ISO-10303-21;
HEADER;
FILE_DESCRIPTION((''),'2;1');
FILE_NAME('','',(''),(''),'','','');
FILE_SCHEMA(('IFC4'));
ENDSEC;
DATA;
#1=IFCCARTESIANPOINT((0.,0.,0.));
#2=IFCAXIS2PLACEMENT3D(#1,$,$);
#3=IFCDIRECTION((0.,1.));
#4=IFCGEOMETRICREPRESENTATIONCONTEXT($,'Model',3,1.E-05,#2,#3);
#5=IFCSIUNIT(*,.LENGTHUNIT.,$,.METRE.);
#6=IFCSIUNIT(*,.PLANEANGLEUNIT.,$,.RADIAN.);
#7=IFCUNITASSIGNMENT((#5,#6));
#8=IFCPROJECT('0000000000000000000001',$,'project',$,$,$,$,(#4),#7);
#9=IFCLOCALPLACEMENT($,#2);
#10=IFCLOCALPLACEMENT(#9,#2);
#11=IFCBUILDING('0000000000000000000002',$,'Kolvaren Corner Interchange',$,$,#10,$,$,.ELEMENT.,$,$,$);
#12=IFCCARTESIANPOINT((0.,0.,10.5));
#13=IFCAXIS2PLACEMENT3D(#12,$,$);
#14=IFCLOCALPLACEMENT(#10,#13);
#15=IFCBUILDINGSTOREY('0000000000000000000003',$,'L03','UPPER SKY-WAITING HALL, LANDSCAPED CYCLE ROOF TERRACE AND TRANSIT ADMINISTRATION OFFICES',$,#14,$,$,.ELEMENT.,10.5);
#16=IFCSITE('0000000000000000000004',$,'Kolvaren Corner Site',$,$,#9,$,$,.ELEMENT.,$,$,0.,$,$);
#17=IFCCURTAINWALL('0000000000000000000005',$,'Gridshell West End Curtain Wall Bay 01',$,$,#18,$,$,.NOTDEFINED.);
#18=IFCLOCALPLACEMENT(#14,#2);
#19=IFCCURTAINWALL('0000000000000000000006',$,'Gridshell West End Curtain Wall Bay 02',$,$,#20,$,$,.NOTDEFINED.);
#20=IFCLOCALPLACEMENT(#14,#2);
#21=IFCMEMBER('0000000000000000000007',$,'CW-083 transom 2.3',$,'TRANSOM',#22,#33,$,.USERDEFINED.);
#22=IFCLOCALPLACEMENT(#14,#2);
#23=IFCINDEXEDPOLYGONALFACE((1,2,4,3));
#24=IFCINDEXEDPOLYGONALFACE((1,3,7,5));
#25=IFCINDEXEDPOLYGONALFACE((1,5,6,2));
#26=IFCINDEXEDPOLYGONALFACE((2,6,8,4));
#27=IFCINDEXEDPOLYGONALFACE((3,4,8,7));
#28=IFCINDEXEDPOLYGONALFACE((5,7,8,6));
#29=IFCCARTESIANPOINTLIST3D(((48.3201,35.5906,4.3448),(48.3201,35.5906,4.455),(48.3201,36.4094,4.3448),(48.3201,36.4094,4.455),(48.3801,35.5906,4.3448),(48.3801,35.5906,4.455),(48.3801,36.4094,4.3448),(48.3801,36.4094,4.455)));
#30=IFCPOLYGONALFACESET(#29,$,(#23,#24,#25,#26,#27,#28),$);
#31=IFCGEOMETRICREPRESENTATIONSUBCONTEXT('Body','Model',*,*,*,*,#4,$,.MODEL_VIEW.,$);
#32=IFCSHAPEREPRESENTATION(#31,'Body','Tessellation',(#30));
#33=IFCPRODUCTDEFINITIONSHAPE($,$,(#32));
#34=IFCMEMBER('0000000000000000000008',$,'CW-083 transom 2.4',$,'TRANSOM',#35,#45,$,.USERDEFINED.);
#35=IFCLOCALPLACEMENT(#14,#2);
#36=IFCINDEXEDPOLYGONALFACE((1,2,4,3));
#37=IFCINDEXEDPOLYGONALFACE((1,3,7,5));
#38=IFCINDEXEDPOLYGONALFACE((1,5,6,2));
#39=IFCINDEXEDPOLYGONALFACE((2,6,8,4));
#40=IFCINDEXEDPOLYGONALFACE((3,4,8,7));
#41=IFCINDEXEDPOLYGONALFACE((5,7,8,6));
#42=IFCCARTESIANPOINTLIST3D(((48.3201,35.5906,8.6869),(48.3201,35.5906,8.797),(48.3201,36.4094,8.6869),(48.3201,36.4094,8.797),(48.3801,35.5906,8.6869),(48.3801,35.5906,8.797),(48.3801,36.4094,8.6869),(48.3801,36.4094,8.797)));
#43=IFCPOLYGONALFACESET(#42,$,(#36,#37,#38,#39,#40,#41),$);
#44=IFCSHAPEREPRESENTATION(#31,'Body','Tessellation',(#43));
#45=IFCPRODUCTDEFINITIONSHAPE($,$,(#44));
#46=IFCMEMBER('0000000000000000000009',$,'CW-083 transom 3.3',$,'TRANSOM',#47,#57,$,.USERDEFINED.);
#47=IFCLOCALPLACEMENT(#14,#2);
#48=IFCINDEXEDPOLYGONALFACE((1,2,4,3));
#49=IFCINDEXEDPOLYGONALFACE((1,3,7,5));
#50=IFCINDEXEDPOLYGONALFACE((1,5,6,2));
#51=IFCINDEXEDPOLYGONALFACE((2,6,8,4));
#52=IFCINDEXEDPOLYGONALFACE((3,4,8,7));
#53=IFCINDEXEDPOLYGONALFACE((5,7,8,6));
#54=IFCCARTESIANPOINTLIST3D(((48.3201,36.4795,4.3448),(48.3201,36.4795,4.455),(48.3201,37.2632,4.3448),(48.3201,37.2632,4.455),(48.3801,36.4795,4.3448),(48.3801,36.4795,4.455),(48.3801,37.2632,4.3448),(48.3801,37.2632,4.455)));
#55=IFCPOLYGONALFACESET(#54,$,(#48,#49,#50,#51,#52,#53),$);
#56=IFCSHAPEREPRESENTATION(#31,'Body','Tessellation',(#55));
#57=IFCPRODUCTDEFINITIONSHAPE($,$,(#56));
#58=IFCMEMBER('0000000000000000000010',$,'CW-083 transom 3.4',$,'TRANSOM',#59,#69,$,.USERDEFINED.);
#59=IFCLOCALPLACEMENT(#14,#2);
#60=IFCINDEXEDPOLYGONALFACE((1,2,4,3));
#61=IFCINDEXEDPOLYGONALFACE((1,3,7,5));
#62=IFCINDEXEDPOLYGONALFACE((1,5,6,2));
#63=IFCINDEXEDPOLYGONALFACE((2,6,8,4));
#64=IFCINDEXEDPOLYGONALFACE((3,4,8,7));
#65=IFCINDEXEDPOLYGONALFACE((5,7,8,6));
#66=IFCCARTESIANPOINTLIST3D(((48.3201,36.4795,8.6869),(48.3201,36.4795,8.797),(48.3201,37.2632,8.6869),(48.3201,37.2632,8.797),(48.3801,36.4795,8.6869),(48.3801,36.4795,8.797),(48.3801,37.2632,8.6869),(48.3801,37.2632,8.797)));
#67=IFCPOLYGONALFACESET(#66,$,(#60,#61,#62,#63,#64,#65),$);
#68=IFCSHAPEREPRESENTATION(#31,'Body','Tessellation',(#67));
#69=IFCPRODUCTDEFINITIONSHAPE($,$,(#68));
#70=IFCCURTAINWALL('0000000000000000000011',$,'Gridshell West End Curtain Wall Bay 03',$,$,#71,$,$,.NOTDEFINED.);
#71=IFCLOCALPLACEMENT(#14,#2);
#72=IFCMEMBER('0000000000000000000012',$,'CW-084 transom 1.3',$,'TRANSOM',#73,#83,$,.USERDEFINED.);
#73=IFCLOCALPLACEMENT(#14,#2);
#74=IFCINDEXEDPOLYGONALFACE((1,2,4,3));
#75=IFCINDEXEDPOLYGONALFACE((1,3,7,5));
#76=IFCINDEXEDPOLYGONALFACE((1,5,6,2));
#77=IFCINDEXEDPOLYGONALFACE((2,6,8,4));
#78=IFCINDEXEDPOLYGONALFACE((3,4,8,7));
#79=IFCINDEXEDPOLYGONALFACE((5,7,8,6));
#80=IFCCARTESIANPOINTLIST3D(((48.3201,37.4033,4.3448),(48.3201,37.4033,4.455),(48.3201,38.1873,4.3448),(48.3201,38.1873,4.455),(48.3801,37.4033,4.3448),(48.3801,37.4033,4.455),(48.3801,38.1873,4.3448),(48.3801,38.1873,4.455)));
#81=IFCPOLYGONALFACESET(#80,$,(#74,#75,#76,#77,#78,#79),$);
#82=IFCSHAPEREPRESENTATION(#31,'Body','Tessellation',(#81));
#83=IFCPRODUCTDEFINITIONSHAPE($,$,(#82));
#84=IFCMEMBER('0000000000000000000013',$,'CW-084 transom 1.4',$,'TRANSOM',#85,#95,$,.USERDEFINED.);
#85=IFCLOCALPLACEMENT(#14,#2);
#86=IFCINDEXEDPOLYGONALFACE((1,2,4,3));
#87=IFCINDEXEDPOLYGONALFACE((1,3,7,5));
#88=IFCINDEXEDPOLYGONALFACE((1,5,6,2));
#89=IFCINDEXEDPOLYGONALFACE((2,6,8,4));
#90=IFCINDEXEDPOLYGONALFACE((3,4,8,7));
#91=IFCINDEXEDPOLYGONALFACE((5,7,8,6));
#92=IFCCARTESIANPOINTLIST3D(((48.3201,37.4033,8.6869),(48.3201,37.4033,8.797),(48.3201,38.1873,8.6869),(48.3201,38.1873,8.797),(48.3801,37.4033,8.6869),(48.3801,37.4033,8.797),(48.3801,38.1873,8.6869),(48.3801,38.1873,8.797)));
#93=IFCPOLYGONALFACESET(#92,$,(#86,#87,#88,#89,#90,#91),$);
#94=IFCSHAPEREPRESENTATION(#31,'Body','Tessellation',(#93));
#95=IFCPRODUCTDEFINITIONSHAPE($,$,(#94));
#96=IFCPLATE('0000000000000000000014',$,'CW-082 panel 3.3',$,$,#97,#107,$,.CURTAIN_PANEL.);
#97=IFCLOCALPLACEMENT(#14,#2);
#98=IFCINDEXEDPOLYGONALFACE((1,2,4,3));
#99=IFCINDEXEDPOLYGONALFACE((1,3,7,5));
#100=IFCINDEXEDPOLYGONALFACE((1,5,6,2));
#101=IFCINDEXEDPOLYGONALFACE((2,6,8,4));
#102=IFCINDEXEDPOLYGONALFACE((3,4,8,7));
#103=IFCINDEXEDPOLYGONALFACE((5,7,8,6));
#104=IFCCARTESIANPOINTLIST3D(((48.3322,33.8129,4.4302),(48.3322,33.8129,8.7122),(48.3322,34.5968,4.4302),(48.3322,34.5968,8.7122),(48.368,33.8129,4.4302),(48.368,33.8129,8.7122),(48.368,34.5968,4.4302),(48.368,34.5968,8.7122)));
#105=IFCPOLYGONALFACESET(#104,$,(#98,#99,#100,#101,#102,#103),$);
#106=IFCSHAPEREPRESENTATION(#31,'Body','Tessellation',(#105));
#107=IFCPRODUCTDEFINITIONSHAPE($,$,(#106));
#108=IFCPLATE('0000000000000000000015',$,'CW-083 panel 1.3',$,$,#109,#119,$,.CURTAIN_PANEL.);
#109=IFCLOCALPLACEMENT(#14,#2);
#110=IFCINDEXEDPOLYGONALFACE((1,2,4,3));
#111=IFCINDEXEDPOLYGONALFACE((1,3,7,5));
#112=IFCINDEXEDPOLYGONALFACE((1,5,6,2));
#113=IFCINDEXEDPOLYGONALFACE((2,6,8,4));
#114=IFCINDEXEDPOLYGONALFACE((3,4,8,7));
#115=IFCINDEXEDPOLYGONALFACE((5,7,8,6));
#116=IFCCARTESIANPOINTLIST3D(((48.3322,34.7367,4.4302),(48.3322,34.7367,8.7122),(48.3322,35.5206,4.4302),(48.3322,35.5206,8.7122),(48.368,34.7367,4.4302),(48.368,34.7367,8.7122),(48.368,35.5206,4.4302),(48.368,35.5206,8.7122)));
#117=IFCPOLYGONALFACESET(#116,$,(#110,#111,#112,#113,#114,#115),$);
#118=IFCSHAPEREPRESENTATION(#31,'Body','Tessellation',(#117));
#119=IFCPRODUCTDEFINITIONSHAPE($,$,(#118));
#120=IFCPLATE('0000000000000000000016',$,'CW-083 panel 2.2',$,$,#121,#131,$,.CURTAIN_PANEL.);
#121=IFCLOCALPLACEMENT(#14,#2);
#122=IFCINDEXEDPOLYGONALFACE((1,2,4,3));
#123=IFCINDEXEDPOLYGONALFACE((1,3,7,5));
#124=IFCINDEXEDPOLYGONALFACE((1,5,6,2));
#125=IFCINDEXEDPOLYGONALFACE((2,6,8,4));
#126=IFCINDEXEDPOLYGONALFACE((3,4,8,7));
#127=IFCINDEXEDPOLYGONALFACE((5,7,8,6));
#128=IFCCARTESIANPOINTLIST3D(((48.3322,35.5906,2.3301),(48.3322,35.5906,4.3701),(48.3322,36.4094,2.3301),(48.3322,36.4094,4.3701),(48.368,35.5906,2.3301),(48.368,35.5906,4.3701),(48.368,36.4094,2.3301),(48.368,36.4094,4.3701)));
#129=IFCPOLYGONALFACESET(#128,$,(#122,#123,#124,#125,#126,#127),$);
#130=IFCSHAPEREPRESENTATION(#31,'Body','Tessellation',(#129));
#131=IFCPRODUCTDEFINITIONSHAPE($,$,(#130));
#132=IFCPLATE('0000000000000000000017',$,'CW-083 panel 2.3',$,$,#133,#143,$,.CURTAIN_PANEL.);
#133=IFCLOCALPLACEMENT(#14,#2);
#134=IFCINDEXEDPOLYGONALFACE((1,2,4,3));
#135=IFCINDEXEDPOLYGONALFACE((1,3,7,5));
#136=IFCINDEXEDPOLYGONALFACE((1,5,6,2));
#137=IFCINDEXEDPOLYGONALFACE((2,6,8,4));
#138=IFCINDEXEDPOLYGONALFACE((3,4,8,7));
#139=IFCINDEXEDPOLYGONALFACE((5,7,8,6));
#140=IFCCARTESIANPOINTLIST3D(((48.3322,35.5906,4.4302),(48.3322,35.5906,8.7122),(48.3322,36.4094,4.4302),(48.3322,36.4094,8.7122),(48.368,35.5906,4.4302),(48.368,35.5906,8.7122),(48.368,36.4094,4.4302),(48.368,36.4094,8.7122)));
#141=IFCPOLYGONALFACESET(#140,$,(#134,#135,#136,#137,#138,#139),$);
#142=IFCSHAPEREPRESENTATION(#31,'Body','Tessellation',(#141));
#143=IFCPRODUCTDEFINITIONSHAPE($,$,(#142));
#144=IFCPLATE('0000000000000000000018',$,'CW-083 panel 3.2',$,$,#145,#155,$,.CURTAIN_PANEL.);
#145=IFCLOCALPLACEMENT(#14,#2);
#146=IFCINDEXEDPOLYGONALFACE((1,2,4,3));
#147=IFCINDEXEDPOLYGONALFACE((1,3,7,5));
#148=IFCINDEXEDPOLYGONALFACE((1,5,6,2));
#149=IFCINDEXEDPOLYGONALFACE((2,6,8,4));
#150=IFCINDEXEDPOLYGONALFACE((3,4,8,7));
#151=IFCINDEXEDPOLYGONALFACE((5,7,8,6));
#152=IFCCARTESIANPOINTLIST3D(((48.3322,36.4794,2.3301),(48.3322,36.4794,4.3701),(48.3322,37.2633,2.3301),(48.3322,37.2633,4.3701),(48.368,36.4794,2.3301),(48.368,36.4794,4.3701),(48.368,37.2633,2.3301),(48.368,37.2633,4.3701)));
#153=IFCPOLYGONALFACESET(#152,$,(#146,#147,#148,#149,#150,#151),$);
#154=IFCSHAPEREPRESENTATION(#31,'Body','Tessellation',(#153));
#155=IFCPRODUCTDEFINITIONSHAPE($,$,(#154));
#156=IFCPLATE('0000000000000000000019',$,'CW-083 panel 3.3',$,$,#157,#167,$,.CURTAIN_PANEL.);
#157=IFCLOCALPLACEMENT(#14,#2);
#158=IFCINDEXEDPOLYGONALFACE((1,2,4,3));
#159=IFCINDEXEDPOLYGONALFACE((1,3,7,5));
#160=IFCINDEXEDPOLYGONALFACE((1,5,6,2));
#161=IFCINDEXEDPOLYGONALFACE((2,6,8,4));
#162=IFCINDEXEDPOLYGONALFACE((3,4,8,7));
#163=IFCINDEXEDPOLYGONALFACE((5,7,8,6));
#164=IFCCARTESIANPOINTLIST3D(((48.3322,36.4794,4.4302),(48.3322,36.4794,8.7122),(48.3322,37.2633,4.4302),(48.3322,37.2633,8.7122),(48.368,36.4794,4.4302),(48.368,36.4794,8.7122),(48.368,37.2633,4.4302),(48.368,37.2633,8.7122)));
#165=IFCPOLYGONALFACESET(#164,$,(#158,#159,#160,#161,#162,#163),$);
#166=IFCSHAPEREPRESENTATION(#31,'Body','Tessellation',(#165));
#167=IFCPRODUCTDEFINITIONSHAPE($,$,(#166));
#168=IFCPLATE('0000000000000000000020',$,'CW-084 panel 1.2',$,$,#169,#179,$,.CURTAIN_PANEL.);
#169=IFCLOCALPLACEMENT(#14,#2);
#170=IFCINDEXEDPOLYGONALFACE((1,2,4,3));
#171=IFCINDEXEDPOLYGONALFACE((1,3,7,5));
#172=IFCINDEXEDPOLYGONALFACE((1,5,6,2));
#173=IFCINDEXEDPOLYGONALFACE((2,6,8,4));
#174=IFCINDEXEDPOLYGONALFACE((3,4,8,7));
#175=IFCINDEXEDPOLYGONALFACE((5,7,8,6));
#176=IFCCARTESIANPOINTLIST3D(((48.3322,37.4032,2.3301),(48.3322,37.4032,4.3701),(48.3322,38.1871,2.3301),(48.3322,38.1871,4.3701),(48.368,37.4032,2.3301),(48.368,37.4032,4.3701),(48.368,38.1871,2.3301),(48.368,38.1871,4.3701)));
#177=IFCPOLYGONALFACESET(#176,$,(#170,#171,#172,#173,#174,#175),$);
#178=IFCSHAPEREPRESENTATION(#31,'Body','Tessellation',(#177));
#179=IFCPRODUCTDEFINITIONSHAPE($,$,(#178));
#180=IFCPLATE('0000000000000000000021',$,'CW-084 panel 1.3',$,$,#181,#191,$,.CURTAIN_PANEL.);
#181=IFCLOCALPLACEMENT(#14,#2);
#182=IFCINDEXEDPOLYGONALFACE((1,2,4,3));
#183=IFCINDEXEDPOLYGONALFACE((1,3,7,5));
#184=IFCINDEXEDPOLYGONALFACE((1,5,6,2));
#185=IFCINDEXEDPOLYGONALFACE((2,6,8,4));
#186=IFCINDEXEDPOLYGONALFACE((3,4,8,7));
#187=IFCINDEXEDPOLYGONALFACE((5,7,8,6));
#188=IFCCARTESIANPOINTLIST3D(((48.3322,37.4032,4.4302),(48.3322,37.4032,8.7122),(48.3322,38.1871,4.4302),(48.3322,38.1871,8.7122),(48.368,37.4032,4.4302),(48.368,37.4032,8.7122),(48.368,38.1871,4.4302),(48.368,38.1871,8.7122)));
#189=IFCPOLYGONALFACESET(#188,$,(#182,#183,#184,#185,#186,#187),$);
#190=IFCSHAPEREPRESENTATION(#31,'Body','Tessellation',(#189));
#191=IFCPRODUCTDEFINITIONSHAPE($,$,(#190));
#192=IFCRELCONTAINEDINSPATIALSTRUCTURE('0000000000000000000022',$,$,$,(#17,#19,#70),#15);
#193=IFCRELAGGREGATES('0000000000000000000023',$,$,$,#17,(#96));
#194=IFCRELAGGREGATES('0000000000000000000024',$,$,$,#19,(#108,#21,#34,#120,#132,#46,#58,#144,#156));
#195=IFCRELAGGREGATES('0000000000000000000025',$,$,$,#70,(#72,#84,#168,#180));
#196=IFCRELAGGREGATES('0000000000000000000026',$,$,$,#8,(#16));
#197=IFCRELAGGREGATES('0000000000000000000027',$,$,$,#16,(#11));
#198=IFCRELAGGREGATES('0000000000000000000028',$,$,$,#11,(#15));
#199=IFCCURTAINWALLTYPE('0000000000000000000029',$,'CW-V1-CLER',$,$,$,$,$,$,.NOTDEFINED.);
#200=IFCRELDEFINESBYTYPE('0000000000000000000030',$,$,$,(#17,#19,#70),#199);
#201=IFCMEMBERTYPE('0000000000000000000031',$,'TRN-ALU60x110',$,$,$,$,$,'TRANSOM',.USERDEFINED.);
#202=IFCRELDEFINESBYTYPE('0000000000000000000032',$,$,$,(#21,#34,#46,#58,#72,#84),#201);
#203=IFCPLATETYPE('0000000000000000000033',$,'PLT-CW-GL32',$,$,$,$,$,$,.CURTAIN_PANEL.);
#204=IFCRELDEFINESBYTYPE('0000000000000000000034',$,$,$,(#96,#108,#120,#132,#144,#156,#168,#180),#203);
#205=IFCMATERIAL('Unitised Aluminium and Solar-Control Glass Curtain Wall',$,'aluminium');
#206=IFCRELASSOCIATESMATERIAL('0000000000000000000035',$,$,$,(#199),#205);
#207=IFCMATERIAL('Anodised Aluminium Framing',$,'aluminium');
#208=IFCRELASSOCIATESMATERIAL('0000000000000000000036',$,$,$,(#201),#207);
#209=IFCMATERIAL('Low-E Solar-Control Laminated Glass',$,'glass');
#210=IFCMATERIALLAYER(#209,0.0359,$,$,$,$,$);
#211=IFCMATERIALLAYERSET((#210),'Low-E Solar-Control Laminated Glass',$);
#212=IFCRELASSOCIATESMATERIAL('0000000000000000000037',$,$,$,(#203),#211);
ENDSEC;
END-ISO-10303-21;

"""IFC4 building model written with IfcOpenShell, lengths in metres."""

from ifc_helpers import new_model, si_unit, direction, frame, origin, origin_2d, place, context, subcontext, project, spatial, rectangle, extrude, material, layer, layer_set, material_profile, profile_set, type_object, element, aggregate, save


model = new_model("IFC4")

# Units and contexts
model_context = context("Model", 3, precision=1e-05, world=origin(), true_north=direction((0.0, 1.0)))
body_context = subcontext(model_context, "Body", "Model", "MODEL_VIEW")
ifc_project = project(units=[si_unit("LENGTHUNIT", "METRE"), si_unit("PLANEANGLEUNIT", "RADIAN")], contexts=[model_context])

# Site, building, storey
site_placement = place(None, origin())
site = spatial("IfcSite", under=ifc_project, at=site_placement, Name="Kolvaren Corner Site", CompositionType="ELEMENT", RefElevation=0.0)
building_placement = place(site_placement, origin())
building = spatial("IfcBuilding", under=site, at=building_placement, Name="Kolvaren Corner Interchange", CompositionType="ELEMENT")
storey_placement = place(building_placement, frame((0.0, 0.0, 10.5)))
storey = spatial("IfcBuildingStorey", under=building, at=storey_placement, Name="L03", Description="UPPER SKY-WAITING HALL, LANDSCAPED CYCLE ROOF TERRACE AND TRANSIT ADMINISTRATION OFFICES", CompositionType="ELEMENT", Elevation=10.5)

# Curtain walls, members
ifc_material_1 = material(Name="Unitised Aluminium and Solar-Control Glass Curtain Wall", Category="aluminium")
curtain_wall_type = type_object("IfcCurtainWallType", Name="CW-V1-CLER", PredefinedType="NOTDEFINED", material=ifc_material_1)
curtain_wall_1_placement = place(storey_placement, origin())
curtain_wall_1 = element("IfcCurtainWall", 1, at=curtain_wall_1_placement, inside=storey, type_object=curtain_wall_type, Name="Gridshell West End Curtain Wall Bay 01", PredefinedType="NOTDEFINED")
ifc_material_2 = material(Name="Anodised Aluminium Framing", Category="aluminium")
ifc_material_profile_1 = material_profile(ifc_material_2, rectangle(XDim=0.0601, YDim=0.1101, at=origin_2d()), Name="ALU 60x110")
ifc_profile_set_1 = profile_set([ifc_material_profile_1], Name="Anodised Aluminium Framing")
member_type_1 = type_object("IfcMemberType", Name="TRN-ALU60x110", ElementType="TRANSOM", PredefinedType="USERDEFINED", material=ifc_profile_set_1)
curtain_wall_2_placement = place(storey_placement, origin())
curtain_wall_2 = element("IfcCurtainWall", 2, at=curtain_wall_2_placement, inside=storey, type_object=curtain_wall_type, Name="Gridshell West End Curtain Wall Bay 02", PredefinedType="NOTDEFINED")
member_1_placement = place(storey_placement, frame((48.3501, 35.5906, 4.3999), z_axis=(0.0, 1.0, 0.0), x_axis=(-1.0, 0.0, 0.0)))
member_1 = element("IfcMember", 3, at=member_1_placement, type_object=member_type_1, Name="CW-083 transom 2.3", ObjectType="TRANSOM", PredefinedType="USERDEFINED", context=body_context, shape_type="SweptSolid", body=[
    extrude(rectangle(XDim=0.0601, YDim=0.1101, at=origin_2d()), origin(), (0.0, 0.0, 1.0), 0.8188),
])
member_2_placement = place(storey_placement, frame((48.3501, 35.5906, 8.7419), z_axis=(0.0, 1.0, 0.0), x_axis=(-1.0, 0.0, 0.0)))
member_2 = element("IfcMember", 4, at=member_2_placement, type_object=member_type_1, Name="CW-083 transom 2.4", ObjectType="TRANSOM", PredefinedType="USERDEFINED", context=body_context, shape_type="SweptSolid", body=[
    extrude(rectangle(XDim=0.0601, YDim=0.1101, at=origin_2d()), origin(), (0.0, 0.0, 1.0), 0.8188),
])
member_3_placement = place(storey_placement, frame((48.3501, 36.4795, 4.3999), z_axis=(0.0, 1.0, 0.0), x_axis=(-1.0, 0.0, 0.0)))
member_3 = element("IfcMember", 5, at=member_3_placement, type_object=member_type_1, Name="CW-083 transom 3.3", ObjectType="TRANSOM", PredefinedType="USERDEFINED", context=body_context, shape_type="SweptSolid", body=[
    extrude(rectangle(XDim=0.0601, YDim=0.1101, at=origin_2d()), origin(), (0.0, 0.0, 1.0), 0.7837),
])
member_4_placement = place(storey_placement, frame((48.3501, 36.4795, 8.7419), z_axis=(0.0, 1.0, 0.0), x_axis=(-1.0, 0.0, 0.0)))
member_4 = element("IfcMember", 6, at=member_4_placement, type_object=member_type_1, Name="CW-083 transom 3.4", ObjectType="TRANSOM", PredefinedType="USERDEFINED", context=body_context, shape_type="SweptSolid", body=[
    extrude(rectangle(XDim=0.0601, YDim=0.1101, at=origin_2d()), origin(), (0.0, 0.0, 1.0), 0.7837),
])
curtain_wall_3_placement = place(storey_placement, origin())
curtain_wall_3 = element("IfcCurtainWall", 7, at=curtain_wall_3_placement, inside=storey, type_object=curtain_wall_type, Name="Gridshell West End Curtain Wall Bay 03", PredefinedType="NOTDEFINED")
member_5_placement = place(storey_placement, frame((48.3501, 37.4033, 4.3999), z_axis=(0.0, 1.0, 0.0), x_axis=(-1.0, 0.0, 0.0)))
member_5 = element("IfcMember", 8, at=member_5_placement, type_object=member_type_1, Name="CW-084 transom 1.3", ObjectType="TRANSOM", PredefinedType="USERDEFINED", context=body_context, shape_type="SweptSolid", body=[
    extrude(rectangle(XDim=0.0601, YDim=0.1101, at=origin_2d()), origin(), (0.0, 0.0, 1.0), 0.7839),
])
member_6_placement = place(storey_placement, frame((48.3501, 37.4033, 8.7419), z_axis=(0.0, 1.0, 0.0), x_axis=(-1.0, 0.0, 0.0)))
member_6 = element("IfcMember", 9, at=member_6_placement, type_object=member_type_1, Name="CW-084 transom 1.4", ObjectType="TRANSOM", PredefinedType="USERDEFINED", context=body_context, shape_type="SweptSolid", body=[
    extrude(rectangle(XDim=0.0601, YDim=0.1101, at=origin_2d()), origin(), (0.0, 0.0, 1.0), 0.7839),
])

# Plates
ifc_material_3 = material(Name="Low-E Solar-Control Laminated Glass", Category="glass")
ifc_layer = layer(ifc_material_3, 0.0359)
ifc_layer_set = layer_set([ifc_layer], Name="Low-E Solar-Control Laminated Glass")
plate_type = type_object("IfcPlateType", Name="PLT-CW-GL32", PredefinedType="CURTAIN_PANEL", material=ifc_layer_set)
plate_1_placement = place(storey_placement, frame((48.3501, 34.2048, 4.4302), z_axis=(0.0, 0.0, 1.0), x_axis=(0.0, 1.0, 0.0)))
plate_1 = element("IfcPlate", 10, at=plate_1_placement, type_object=plate_type, Name="CW-082 panel 3.3", PredefinedType="CURTAIN_PANEL", context=body_context, shape_type="SweptSolid", body=[
    extrude(rectangle(XDim=0.7839, YDim=0.0359, at=origin_2d()), origin(), (0.0, 0.0, 1.0), 4.282),
])
aggregate(curtain_wall_1, [plate_1])
plate_2_placement = place(storey_placement, frame((48.3501, 35.1287, 4.4302), z_axis=(0.0, 0.0, 1.0), x_axis=(0.0, 1.0, 0.0)))
plate_2 = element("IfcPlate", 11, at=plate_2_placement, type_object=plate_type, Name="CW-083 panel 1.3", PredefinedType="CURTAIN_PANEL", context=body_context, shape_type="SweptSolid", body=[
    extrude(rectangle(XDim=0.7839, YDim=0.0359, at=origin_2d()), origin(), (0.0, 0.0, 1.0), 4.282),
])
plate_3_placement = place(storey_placement, frame((48.3501, 36.0, 2.3301), z_axis=(0.0, 0.0, 1.0), x_axis=(0.0, 1.0, 0.0)))
plate_3 = element("IfcPlate", 12, at=plate_3_placement, type_object=plate_type, Name="CW-083 panel 2.2", PredefinedType="CURTAIN_PANEL", context=body_context, shape_type="SweptSolid", body=[
    extrude(rectangle(XDim=0.8188, YDim=0.0359, at=origin_2d()), origin(), (0.0, 0.0, 1.0), 2.04),
])
plate_4_placement = place(storey_placement, frame((48.3501, 36.0, 4.4302), z_axis=(0.0, 0.0, 1.0), x_axis=(0.0, 1.0, 0.0)))
plate_4 = element("IfcPlate", 13, at=plate_4_placement, type_object=plate_type, Name="CW-083 panel 2.3", PredefinedType="CURTAIN_PANEL", context=body_context, shape_type="SweptSolid", body=[
    extrude(rectangle(XDim=0.8188, YDim=0.0359, at=origin_2d()), origin(), (0.0, 0.0, 1.0), 4.282),
])
plate_5_placement = place(storey_placement, frame((48.3501, 36.8713, 2.3301), z_axis=(0.0, 0.0, 1.0), x_axis=(0.0, 1.0, 0.0)))
plate_5 = element("IfcPlate", 14, at=plate_5_placement, type_object=plate_type, Name="CW-083 panel 3.2", PredefinedType="CURTAIN_PANEL", context=body_context, shape_type="SweptSolid", body=[
    extrude(rectangle(XDim=0.7839, YDim=0.0359, at=origin_2d()), origin(), (0.0, 0.0, 1.0), 2.04),
])
plate_6_placement = place(storey_placement, frame((48.3501, 36.8713, 4.4302), z_axis=(0.0, 0.0, 1.0), x_axis=(0.0, 1.0, 0.0)))
plate_6 = element("IfcPlate", 15, at=plate_6_placement, type_object=plate_type, Name="CW-083 panel 3.3", PredefinedType="CURTAIN_PANEL", context=body_context, shape_type="SweptSolid", body=[
    extrude(rectangle(XDim=0.7839, YDim=0.0359, at=origin_2d()), origin(), (0.0, 0.0, 1.0), 4.282),
])
aggregate(curtain_wall_2, [plate_2, member_1, member_2, plate_3, plate_4, member_3, member_4, plate_5, plate_6])
plate_7_placement = place(storey_placement, frame((48.3501, 37.7952, 2.3301), z_axis=(0.0, 0.0, 1.0), x_axis=(0.0, 1.0, 0.0)))
plate_7 = element("IfcPlate", 16, at=plate_7_placement, type_object=plate_type, Name="CW-084 panel 1.2", PredefinedType="CURTAIN_PANEL", context=body_context, shape_type="SweptSolid", body=[
    extrude(rectangle(XDim=0.7839, YDim=0.0359, at=origin_2d()), origin(), (0.0, 0.0, 1.0), 2.04),
])
plate_8_placement = place(storey_placement, frame((48.3501, 37.7952, 4.4302), z_axis=(0.0, 0.0, 1.0), x_axis=(0.0, 1.0, 0.0)))
plate_8 = element("IfcPlate", 17, at=plate_8_placement, type_object=plate_type, Name="CW-084 panel 1.3", PredefinedType="CURTAIN_PANEL", context=body_context, shape_type="SweptSolid", body=[
    extrude(rectangle(XDim=0.7839, YDim=0.0359, at=origin_2d()), origin(), (0.0, 0.0, 1.0), 4.282),
])
aggregate(curtain_wall_3, [member_5, member_6, plate_7, plate_8])

save(model, "model.ifc")
